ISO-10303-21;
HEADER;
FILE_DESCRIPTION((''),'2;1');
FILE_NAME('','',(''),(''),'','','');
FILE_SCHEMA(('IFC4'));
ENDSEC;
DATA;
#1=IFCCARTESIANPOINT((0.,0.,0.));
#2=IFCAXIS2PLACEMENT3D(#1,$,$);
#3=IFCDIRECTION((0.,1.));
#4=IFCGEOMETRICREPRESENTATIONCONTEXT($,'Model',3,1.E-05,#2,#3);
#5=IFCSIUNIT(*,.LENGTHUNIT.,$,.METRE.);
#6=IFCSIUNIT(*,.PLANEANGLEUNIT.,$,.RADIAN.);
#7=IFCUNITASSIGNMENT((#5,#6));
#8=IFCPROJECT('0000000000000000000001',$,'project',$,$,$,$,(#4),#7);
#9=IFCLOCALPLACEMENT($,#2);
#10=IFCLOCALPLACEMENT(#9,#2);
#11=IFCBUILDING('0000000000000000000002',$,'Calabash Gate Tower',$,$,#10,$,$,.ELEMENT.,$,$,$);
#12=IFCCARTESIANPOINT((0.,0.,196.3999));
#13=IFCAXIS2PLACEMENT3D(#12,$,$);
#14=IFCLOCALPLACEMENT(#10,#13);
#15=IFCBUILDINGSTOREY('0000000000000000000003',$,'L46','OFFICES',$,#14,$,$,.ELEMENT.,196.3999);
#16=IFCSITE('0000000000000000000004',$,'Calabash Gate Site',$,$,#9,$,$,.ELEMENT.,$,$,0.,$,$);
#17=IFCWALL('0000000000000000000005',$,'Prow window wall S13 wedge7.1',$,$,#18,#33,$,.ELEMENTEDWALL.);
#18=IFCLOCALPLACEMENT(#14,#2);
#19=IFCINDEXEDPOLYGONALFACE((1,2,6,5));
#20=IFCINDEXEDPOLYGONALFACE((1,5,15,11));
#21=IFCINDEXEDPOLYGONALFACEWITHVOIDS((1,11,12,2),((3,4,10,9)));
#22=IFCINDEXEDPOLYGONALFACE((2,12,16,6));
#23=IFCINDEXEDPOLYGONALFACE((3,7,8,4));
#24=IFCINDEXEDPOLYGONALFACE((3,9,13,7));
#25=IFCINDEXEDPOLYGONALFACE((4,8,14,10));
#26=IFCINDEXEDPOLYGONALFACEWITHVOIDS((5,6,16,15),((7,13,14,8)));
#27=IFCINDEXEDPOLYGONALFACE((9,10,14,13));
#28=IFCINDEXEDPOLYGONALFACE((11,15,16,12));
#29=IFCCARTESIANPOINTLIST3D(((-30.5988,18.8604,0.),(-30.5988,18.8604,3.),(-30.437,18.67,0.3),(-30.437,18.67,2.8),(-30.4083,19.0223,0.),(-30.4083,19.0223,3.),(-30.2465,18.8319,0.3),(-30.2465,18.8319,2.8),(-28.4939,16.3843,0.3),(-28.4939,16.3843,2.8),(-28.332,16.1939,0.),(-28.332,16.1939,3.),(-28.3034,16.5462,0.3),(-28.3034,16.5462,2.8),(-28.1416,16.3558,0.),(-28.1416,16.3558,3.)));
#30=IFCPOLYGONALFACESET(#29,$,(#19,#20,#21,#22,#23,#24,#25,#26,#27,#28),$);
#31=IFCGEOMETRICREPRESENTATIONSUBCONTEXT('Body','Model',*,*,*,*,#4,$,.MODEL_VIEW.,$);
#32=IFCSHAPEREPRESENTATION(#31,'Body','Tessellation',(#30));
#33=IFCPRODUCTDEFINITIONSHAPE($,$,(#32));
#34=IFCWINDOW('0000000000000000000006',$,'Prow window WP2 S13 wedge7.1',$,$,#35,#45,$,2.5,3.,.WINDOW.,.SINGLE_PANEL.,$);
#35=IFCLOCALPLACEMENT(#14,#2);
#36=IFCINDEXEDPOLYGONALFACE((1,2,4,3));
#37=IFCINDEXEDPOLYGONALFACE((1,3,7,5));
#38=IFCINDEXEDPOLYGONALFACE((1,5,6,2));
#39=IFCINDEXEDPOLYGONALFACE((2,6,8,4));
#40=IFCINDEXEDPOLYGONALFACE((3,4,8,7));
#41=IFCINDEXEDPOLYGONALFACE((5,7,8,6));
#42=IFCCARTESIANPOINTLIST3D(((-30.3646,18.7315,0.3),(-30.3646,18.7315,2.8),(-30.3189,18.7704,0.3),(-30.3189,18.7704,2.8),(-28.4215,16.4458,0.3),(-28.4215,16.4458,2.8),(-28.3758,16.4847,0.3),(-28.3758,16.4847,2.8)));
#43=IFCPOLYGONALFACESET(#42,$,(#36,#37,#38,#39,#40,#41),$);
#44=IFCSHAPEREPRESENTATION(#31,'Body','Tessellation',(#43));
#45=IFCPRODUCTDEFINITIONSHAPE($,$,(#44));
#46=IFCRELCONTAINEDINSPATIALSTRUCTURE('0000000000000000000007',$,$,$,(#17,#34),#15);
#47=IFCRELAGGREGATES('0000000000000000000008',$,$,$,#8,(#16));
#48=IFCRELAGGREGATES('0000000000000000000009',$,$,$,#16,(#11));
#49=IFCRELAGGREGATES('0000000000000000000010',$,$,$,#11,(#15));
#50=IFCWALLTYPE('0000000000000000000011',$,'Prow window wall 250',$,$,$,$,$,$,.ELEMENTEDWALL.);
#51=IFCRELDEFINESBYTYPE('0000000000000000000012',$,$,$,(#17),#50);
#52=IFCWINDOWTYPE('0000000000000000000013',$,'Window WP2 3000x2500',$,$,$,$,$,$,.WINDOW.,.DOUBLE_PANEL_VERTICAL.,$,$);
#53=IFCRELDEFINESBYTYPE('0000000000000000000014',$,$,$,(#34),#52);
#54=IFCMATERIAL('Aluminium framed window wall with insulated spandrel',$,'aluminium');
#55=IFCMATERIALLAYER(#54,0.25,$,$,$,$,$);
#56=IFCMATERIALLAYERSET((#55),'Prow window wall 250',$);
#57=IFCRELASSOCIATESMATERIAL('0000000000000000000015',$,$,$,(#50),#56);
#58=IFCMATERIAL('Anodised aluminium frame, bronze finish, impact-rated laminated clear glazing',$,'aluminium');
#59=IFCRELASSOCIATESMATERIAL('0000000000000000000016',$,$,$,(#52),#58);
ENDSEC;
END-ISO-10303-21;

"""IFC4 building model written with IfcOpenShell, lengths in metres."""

from ifc_helpers import new_model, si_unit, direction, frame, frame_2d, origin, place, context, subcontext, project, spatial, rectangle, extrude, material, layer, layer_set, type_object, element, fill, save


model = new_model("IFC4")

# Units and contexts
model_context = context("Model", 3, precision=1e-05, world=origin(), true_north=direction((0.0, 1.0)))
body_context = subcontext(model_context, "Body", "Model", "MODEL_VIEW")
ifc_project = project(units=[si_unit("LENGTHUNIT", "METRE"), si_unit("PLANEANGLEUNIT", "RADIAN")], contexts=[model_context])

# Site, building, storey
site_placement = place(None, origin())
site = spatial("IfcSite", under=ifc_project, at=site_placement, Name="Calabash Gate Site", CompositionType="ELEMENT", RefElevation=0.0)
building_placement = place(site_placement, origin())
building = spatial("IfcBuilding", under=site, at=building_placement, Name="Calabash Gate Tower", CompositionType="ELEMENT")
storey_placement = place(building_placement, frame((0.0, 0.0, 196.3999)))
storey = spatial("IfcBuildingStorey", under=building, at=storey_placement, Name="L46", Description="OFFICES", CompositionType="ELEMENT", Elevation=196.3999)

# Wall, opening, window
ifc_material_1 = material(Name="Aluminium framed window wall with insulated spandrel", Category="aluminium")
ifc_layer_1 = layer(ifc_material_1, 0.25)
ifc_layer_set_1 = layer_set([ifc_layer_1], Name="Prow window wall 250")
wall_type_1 = type_object("IfcWallType", Name="Prow window wall 250", PredefinedType="ELEMENTEDWALL", material=ifc_layer_set_1)
ifc_material_2 = material(Name="Anodised aluminium frame, bronze finish, impact-rated laminated clear glazing", Category="aluminium")
window_type = type_object("IfcWindowType", Name="Window WP2 3000x2500", PartitioningType="DOUBLE_PANEL_VERTICAL", PredefinedType="WINDOW", material=ifc_material_2)
wall_1_placement = place(storey_placement, frame((-30.5037, 18.9414, 0.0), z_axis=(0.0, 0.0, 1.0), x_axis=(0.647701, -0.761895, 0.0)))
wall_1 = element("IfcWall", 1, at=wall_1_placement, inside=storey, type_object=wall_type_1, Name="Prow window wall S13 wedge7.1", PredefinedType="ELEMENTEDWALL", context=body_context, shape_type="SweptSolid", body=[
    extrude(rectangle(XDim=3.4998, YDim=0.25, at=frame_2d((1.75, 0.0))), origin(), (0.0, 0.0, 1.0), 3.0),
])
opening_1_placement = place(wall_1_placement, frame((0.25, 0.0, 0.3)))
opening_1 = element("IfcOpeningElement", 2, at=opening_1_placement, cuts=wall_1, PredefinedType="OPENING", context=body_context, shape_type="SweptSolid", body=[
    extrude(rectangle(XDim=3.0, YDim=2.5, at=frame_2d((1.5, 1.25))), frame((0.0, 0.135, 0.0), z_axis=(0.0, -1.0, 0.0), x_axis=(1.0, 0.0, 0.0)), (0.0, 0.0, 1.0), 0.27),
])
window_1_placement = place(opening_1_placement, origin())
window_1 = element("IfcWindow", 3, at=window_1_placement, inside=storey, type_object=window_type, Name="Prow window WP2 S13 wedge7.1", OverallHeight=2.5, OverallWidth=3.0, PartitioningType="SINGLE_PANEL", PredefinedType="WINDOW", context=body_context, shape_type="SweptSolid", body=[
    extrude(rectangle(XDim=3.0, YDim=2.5, at=frame_2d((1.5, 1.25))), frame((0.0, 0.03, 0.0), z_axis=(0.0, -1.0, 0.0), x_axis=(1.0, 0.0, 0.0)), (0.0, 0.0, 1.0), 0.0601),
])
fill(opening_1, window_1)

save(model, "model.ifc")
